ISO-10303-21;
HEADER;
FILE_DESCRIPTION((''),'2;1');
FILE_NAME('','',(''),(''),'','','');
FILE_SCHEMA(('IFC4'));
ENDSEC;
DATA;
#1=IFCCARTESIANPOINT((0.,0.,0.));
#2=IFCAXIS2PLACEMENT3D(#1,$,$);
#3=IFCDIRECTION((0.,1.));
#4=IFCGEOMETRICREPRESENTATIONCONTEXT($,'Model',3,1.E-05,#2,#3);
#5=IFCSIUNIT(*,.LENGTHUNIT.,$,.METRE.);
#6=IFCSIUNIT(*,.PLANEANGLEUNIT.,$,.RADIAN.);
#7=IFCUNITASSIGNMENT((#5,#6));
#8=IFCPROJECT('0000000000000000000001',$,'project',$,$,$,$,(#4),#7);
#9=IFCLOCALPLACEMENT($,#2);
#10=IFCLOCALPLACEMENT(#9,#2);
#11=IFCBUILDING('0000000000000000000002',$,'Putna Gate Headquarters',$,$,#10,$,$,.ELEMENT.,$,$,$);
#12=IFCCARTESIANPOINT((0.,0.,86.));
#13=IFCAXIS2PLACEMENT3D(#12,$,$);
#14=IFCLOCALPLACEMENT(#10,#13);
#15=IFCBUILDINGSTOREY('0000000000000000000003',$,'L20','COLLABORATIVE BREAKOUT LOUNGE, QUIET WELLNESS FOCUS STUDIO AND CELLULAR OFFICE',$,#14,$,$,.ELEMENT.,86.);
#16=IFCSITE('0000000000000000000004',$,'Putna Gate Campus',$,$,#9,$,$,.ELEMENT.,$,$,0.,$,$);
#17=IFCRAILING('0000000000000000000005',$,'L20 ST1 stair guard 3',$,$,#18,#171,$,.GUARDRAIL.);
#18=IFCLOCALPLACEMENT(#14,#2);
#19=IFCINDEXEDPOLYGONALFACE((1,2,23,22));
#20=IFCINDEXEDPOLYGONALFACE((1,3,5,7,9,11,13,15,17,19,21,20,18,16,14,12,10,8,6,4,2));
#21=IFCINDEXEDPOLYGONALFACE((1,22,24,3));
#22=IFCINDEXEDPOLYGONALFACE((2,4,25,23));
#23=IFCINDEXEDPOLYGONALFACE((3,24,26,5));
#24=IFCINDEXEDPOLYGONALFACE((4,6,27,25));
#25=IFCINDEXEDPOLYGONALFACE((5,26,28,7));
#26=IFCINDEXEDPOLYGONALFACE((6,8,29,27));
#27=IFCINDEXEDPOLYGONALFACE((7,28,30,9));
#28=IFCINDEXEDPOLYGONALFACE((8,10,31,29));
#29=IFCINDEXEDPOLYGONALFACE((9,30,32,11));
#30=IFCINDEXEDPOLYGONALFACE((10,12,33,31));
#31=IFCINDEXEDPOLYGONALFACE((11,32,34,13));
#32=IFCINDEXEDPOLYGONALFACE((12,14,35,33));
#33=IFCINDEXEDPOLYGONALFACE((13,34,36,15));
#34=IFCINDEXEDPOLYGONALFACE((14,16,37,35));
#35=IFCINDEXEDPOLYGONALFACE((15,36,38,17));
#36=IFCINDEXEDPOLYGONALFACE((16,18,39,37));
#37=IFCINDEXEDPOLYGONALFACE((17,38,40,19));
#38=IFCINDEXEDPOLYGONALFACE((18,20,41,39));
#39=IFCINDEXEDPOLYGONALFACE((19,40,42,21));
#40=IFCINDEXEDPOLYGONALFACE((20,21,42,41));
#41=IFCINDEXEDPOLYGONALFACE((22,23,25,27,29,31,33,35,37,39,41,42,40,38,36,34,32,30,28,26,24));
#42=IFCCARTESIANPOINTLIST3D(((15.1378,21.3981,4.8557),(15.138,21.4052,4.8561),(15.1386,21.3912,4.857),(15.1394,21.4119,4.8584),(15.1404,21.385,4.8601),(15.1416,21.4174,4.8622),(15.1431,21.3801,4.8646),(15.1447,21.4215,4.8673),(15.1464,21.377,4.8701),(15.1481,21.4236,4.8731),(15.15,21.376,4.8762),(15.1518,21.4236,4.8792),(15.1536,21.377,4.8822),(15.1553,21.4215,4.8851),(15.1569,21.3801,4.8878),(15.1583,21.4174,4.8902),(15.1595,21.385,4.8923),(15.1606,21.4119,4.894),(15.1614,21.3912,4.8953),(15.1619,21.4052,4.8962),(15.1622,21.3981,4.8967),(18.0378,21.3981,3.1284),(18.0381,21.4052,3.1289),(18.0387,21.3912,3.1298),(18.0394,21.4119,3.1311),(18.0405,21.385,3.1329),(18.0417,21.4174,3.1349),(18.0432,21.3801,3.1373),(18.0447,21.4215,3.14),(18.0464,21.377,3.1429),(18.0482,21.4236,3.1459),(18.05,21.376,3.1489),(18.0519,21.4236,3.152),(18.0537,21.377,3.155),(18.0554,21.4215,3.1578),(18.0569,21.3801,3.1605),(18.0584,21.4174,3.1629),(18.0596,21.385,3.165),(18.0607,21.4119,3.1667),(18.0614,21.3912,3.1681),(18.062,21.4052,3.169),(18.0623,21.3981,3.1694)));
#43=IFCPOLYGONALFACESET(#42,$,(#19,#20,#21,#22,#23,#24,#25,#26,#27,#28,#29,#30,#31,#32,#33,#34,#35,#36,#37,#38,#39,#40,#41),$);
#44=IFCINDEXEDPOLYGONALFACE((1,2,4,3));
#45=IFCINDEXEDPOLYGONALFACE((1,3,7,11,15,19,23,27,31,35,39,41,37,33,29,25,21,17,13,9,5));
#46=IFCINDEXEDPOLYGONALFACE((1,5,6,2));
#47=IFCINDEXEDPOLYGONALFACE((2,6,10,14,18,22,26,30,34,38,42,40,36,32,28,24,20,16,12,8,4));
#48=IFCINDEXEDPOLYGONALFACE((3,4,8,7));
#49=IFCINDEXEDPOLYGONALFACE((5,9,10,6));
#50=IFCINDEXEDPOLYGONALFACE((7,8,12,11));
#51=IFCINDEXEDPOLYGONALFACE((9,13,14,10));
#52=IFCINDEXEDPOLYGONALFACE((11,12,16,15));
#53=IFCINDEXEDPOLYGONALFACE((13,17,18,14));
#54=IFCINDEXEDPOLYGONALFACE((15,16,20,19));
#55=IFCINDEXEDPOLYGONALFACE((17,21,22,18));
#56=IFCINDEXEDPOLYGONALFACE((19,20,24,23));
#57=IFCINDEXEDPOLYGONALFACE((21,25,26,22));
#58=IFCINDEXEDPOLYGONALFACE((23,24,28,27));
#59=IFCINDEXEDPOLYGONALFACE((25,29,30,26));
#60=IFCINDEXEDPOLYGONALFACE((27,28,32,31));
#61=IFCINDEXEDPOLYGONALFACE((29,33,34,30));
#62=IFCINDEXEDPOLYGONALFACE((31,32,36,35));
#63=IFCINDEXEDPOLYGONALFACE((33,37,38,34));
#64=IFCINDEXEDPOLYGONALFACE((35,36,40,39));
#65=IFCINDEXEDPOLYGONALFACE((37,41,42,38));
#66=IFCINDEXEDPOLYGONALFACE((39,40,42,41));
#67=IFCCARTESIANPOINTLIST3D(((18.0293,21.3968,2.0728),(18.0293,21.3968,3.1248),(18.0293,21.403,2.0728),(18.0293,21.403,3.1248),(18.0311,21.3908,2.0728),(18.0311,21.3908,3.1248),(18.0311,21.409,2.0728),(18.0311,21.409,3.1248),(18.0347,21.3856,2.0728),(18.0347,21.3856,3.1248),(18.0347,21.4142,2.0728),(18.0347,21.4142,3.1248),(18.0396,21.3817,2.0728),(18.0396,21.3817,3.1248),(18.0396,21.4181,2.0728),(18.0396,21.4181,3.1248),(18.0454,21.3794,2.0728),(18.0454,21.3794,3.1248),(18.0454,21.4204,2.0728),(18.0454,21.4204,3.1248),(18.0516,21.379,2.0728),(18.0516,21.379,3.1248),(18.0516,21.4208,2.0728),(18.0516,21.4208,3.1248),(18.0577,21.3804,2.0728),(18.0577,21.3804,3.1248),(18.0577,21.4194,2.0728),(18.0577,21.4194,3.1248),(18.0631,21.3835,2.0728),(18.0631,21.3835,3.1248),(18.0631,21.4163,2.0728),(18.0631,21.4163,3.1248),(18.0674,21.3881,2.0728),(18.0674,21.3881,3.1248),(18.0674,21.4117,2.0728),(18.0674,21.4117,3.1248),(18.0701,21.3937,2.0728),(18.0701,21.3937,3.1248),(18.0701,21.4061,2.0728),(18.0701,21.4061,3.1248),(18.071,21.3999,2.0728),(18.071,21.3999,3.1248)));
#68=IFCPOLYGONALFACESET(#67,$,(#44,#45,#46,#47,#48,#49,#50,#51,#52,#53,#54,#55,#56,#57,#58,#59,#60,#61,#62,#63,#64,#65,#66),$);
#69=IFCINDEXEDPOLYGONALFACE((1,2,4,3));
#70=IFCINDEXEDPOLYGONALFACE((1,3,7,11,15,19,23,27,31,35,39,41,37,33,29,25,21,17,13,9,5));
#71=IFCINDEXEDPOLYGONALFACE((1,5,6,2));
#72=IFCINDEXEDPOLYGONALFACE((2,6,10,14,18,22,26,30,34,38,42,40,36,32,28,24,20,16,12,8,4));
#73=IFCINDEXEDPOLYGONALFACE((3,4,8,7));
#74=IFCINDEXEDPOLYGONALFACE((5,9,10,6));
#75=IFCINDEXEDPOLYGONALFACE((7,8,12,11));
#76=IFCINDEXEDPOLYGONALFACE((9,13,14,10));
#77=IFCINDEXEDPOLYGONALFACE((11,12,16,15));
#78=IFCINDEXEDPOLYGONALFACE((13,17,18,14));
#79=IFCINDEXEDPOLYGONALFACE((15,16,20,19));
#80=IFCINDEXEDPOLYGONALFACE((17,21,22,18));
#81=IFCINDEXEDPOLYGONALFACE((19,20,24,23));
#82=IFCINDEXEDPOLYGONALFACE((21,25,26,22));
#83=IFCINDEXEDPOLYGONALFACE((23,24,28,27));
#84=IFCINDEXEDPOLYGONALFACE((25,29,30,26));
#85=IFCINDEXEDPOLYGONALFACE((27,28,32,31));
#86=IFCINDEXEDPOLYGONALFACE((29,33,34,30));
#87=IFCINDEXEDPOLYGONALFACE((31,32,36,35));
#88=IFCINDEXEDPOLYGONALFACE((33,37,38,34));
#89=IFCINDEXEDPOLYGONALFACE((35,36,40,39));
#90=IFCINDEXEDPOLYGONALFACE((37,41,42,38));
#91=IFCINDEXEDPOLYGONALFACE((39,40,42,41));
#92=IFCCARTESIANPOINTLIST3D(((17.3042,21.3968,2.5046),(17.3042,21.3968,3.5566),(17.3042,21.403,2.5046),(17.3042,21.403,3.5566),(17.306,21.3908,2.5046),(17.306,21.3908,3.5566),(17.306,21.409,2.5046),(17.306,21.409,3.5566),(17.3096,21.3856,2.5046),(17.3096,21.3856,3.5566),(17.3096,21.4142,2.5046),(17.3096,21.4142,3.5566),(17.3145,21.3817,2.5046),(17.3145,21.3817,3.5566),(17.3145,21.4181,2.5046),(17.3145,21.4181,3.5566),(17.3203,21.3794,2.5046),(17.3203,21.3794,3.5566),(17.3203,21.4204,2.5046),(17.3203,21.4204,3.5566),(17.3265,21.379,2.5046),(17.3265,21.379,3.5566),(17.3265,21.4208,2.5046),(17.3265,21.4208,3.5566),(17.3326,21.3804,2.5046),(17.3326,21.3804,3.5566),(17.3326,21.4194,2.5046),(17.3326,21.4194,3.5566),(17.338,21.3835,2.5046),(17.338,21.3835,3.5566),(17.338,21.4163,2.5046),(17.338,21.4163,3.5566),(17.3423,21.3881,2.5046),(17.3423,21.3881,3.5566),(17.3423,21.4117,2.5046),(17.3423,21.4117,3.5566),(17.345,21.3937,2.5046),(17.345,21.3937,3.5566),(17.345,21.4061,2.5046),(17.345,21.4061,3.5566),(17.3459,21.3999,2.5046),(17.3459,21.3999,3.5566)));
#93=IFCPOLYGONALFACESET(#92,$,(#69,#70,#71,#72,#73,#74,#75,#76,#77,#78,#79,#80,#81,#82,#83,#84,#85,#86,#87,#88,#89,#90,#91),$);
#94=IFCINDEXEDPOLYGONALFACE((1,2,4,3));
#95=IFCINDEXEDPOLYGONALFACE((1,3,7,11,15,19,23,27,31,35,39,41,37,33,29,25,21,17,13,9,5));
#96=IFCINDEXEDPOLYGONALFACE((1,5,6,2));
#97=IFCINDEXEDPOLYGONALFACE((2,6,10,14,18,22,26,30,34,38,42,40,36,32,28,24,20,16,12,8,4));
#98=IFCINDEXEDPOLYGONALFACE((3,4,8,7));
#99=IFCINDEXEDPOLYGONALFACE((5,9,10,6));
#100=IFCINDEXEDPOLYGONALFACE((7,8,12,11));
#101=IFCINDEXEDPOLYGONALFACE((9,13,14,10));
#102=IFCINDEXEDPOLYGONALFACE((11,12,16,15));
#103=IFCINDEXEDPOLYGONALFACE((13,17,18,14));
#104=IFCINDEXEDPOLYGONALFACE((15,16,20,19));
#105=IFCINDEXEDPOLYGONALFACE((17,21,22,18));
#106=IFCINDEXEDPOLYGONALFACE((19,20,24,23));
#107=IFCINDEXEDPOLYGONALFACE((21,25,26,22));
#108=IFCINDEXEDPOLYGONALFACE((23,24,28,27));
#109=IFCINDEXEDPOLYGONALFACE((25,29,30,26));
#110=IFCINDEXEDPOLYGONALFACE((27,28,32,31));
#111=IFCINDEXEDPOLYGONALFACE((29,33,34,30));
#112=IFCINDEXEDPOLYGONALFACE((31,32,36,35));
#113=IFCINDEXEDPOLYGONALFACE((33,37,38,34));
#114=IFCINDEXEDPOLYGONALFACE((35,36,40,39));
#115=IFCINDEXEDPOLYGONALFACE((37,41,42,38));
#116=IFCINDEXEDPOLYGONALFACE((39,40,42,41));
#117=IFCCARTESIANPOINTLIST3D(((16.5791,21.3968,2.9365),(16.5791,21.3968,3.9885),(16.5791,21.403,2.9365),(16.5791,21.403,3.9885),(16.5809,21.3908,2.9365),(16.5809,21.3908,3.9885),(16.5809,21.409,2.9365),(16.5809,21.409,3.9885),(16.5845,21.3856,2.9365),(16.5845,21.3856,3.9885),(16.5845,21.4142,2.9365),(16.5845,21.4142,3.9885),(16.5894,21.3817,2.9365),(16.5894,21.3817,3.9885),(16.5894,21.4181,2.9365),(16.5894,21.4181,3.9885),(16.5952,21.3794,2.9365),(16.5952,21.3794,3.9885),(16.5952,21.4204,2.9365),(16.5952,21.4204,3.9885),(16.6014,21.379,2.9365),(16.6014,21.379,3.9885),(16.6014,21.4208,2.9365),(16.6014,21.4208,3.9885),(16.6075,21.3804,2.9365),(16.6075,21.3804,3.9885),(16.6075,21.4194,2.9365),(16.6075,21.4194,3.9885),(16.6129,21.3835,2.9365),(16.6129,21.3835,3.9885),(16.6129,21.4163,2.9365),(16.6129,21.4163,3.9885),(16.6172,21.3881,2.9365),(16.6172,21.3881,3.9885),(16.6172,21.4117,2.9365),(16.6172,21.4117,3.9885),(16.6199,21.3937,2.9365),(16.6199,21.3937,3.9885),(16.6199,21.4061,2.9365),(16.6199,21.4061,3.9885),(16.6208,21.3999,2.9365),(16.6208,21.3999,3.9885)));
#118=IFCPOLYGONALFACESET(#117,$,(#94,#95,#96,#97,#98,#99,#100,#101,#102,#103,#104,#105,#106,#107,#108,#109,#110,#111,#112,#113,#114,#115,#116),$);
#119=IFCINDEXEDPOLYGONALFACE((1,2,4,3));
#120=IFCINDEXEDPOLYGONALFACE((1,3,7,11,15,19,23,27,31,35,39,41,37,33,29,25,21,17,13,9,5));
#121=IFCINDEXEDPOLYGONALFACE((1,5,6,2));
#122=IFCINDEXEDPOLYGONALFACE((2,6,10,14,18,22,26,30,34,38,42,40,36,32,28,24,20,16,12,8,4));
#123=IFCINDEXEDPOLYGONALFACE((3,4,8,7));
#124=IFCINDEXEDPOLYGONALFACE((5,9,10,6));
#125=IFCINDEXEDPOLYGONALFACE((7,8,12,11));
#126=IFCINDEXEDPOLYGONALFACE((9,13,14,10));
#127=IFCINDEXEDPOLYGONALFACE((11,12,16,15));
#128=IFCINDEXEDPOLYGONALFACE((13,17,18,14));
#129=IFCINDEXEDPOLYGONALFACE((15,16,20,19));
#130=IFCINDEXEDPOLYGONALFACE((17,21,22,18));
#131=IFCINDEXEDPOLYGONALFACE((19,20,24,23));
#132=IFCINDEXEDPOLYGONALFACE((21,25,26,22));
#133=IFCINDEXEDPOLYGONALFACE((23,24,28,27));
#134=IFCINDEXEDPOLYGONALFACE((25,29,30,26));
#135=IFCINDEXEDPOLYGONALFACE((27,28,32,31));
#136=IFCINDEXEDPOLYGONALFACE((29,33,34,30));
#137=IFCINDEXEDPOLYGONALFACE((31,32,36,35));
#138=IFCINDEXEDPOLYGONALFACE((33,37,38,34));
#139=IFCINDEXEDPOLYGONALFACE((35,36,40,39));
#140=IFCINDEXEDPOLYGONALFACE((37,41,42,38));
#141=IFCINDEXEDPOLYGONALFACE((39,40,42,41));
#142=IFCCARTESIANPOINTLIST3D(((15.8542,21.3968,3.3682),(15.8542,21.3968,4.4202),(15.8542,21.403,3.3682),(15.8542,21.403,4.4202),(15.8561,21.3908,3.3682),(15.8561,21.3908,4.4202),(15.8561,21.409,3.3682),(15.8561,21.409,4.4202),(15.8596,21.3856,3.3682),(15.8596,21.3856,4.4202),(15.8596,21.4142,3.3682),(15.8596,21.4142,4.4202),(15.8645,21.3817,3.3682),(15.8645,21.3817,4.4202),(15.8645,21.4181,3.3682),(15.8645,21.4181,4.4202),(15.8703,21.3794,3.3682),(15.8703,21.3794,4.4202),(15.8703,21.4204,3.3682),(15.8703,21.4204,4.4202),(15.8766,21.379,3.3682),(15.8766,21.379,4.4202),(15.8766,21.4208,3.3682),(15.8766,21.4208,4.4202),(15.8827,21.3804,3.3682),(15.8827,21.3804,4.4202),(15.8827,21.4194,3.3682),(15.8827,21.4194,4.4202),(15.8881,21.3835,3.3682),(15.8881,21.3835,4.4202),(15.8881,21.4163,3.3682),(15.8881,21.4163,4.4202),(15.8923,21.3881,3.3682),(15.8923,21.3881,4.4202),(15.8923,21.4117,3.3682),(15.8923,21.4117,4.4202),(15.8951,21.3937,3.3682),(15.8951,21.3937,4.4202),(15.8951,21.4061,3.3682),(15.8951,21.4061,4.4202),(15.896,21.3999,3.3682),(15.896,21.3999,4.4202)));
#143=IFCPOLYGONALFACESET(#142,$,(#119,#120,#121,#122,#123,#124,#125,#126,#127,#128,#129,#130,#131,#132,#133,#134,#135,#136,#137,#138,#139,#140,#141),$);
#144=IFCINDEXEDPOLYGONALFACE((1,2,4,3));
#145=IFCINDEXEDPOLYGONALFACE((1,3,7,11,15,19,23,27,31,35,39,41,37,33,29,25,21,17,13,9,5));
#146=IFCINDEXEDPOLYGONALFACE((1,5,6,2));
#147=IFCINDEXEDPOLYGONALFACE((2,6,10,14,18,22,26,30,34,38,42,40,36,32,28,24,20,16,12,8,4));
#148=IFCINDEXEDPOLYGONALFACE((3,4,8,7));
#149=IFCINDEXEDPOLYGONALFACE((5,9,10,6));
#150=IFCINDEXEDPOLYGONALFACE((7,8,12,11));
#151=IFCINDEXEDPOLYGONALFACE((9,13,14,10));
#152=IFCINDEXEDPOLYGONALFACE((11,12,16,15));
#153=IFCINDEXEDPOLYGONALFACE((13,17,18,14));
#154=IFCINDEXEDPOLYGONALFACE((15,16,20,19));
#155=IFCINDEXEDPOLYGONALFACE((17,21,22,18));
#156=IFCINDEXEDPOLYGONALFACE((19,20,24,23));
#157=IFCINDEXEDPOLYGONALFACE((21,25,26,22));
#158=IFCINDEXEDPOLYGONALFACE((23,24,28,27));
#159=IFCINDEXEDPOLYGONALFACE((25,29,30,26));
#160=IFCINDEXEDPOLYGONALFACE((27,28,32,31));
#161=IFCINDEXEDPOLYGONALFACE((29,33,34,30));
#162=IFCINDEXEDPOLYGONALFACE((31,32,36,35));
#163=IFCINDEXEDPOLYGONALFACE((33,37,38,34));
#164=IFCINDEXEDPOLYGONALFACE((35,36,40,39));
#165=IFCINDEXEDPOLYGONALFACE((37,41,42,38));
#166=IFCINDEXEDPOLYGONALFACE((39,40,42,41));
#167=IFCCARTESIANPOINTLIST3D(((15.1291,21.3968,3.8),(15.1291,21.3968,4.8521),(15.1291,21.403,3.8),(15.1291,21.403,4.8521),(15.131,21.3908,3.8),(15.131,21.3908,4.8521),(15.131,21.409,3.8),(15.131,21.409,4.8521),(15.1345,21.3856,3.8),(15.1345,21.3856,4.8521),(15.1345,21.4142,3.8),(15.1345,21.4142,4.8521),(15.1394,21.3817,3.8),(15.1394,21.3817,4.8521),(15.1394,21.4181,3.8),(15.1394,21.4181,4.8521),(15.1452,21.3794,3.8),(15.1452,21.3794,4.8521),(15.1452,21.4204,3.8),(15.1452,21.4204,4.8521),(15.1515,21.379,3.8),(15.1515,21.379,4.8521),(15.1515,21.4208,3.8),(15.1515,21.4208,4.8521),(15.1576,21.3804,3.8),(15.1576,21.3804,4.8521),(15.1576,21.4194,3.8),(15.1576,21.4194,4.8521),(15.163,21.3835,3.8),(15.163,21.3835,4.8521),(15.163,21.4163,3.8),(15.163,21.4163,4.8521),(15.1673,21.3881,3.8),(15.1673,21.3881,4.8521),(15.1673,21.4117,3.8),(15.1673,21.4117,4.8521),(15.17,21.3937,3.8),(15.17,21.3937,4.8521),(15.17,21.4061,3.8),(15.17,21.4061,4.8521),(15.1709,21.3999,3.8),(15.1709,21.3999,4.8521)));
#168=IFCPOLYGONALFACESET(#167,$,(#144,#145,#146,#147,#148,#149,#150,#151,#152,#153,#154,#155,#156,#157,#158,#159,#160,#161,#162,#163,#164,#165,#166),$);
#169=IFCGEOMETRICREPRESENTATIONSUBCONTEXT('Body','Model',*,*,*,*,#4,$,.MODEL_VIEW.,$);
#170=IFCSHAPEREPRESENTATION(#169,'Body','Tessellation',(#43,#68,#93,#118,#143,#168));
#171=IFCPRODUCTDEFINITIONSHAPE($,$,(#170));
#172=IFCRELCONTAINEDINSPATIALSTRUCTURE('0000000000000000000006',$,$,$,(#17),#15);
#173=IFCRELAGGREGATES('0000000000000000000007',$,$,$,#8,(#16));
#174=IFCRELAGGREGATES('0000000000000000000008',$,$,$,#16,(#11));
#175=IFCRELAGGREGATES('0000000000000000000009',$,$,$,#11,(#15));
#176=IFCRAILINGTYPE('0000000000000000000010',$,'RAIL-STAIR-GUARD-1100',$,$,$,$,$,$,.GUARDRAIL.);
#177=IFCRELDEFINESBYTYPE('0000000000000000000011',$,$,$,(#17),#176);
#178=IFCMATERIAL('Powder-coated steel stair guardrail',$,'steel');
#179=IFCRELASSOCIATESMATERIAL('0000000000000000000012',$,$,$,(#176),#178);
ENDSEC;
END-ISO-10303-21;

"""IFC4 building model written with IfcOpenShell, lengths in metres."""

from ifc_helpers import new_model, si_unit, direction, frame, origin, origin_2d, place, context, subcontext, project, spatial, circle, extrude, material, type_object, element, save


model = new_model("IFC4")

# Units and contexts
model_context = context("Model", 3, precision=1e-05, world=origin(), true_north=direction((0.0, 1.0)))
body_context = subcontext(model_context, "Body", "Model", "MODEL_VIEW")
ifc_project = project(units=[si_unit("LENGTHUNIT", "METRE"), si_unit("PLANEANGLEUNIT", "RADIAN")], contexts=[model_context])

# Site, building, storey
site_placement = place(None, origin())
site = spatial("IfcSite", under=ifc_project, at=site_placement, Name="Putna Gate Campus", CompositionType="ELEMENT", RefElevation=0.0)
building_placement = place(site_placement, origin())
building = spatial("IfcBuilding", under=site, at=building_placement, Name="Putna Gate Headquarters", CompositionType="ELEMENT")
storey_placement = place(building_placement, frame((0.0, 0.0, 86.0)))
storey = spatial("IfcBuildingStorey", under=building, at=storey_placement, Name="L20", Description="COLLABORATIVE BREAKOUT LOUNGE, QUIET WELLNESS FOCUS STUDIO AND CELLULAR OFFICE", CompositionType="ELEMENT", Elevation=86.0)

# Railing
ifc_material_1 = material(Name="Powder-coated steel stair guardrail", Category="steel")
railing_type_1 = type_object("IfcRailingType", Name="RAIL-STAIR-GUARD-1100", PredefinedType="GUARDRAIL", material=ifc_material_1)
railing_1_placement = place(storey_placement, frame((18.05, 21.3999, 2.0728)))
element("IfcRailing", 1, at=railing_1_placement, inside=storey, type_object=railing_type_1, Name="L20 ST1 stair guard 3", PredefinedType="GUARDRAIL", context=body_context, shape_type="SweptSolid", body=[
    extrude(circle(Radius=0.0239, at=origin_2d()), frame((0.0, 0.0, 1.0762), z_axis=(-0.85916, 0.0, 0.511706), x_axis=(0.0, -1.0, 0.0)), (0.0, 0.0, 1.0), 3.3755),
    extrude(circle(Radius=0.021, at=origin_2d()), origin(), (0.0, 0.0, 1.0), 1.052),
    extrude(circle(Radius=0.021, at=origin_2d()), frame((-0.7251, 0.0, 0.4319)), (0.0, 0.0, 1.0), 1.052),
    extrude(circle(Radius=0.021, at=origin_2d()), frame((-1.4502, 0.0, 0.8638)), (0.0, 0.0, 1.0), 1.052),
    extrude(circle(Radius=0.021, at=origin_2d()), frame((-2.175, 0.0, 1.2954)), (0.0, 0.0, 1.0), 1.052),
    extrude(circle(Radius=0.021, at=origin_2d()), frame((-2.9001, 0.0, 1.7273)), (0.0, 0.0, 1.0), 1.052),
])

save(model, "model.ifc")
